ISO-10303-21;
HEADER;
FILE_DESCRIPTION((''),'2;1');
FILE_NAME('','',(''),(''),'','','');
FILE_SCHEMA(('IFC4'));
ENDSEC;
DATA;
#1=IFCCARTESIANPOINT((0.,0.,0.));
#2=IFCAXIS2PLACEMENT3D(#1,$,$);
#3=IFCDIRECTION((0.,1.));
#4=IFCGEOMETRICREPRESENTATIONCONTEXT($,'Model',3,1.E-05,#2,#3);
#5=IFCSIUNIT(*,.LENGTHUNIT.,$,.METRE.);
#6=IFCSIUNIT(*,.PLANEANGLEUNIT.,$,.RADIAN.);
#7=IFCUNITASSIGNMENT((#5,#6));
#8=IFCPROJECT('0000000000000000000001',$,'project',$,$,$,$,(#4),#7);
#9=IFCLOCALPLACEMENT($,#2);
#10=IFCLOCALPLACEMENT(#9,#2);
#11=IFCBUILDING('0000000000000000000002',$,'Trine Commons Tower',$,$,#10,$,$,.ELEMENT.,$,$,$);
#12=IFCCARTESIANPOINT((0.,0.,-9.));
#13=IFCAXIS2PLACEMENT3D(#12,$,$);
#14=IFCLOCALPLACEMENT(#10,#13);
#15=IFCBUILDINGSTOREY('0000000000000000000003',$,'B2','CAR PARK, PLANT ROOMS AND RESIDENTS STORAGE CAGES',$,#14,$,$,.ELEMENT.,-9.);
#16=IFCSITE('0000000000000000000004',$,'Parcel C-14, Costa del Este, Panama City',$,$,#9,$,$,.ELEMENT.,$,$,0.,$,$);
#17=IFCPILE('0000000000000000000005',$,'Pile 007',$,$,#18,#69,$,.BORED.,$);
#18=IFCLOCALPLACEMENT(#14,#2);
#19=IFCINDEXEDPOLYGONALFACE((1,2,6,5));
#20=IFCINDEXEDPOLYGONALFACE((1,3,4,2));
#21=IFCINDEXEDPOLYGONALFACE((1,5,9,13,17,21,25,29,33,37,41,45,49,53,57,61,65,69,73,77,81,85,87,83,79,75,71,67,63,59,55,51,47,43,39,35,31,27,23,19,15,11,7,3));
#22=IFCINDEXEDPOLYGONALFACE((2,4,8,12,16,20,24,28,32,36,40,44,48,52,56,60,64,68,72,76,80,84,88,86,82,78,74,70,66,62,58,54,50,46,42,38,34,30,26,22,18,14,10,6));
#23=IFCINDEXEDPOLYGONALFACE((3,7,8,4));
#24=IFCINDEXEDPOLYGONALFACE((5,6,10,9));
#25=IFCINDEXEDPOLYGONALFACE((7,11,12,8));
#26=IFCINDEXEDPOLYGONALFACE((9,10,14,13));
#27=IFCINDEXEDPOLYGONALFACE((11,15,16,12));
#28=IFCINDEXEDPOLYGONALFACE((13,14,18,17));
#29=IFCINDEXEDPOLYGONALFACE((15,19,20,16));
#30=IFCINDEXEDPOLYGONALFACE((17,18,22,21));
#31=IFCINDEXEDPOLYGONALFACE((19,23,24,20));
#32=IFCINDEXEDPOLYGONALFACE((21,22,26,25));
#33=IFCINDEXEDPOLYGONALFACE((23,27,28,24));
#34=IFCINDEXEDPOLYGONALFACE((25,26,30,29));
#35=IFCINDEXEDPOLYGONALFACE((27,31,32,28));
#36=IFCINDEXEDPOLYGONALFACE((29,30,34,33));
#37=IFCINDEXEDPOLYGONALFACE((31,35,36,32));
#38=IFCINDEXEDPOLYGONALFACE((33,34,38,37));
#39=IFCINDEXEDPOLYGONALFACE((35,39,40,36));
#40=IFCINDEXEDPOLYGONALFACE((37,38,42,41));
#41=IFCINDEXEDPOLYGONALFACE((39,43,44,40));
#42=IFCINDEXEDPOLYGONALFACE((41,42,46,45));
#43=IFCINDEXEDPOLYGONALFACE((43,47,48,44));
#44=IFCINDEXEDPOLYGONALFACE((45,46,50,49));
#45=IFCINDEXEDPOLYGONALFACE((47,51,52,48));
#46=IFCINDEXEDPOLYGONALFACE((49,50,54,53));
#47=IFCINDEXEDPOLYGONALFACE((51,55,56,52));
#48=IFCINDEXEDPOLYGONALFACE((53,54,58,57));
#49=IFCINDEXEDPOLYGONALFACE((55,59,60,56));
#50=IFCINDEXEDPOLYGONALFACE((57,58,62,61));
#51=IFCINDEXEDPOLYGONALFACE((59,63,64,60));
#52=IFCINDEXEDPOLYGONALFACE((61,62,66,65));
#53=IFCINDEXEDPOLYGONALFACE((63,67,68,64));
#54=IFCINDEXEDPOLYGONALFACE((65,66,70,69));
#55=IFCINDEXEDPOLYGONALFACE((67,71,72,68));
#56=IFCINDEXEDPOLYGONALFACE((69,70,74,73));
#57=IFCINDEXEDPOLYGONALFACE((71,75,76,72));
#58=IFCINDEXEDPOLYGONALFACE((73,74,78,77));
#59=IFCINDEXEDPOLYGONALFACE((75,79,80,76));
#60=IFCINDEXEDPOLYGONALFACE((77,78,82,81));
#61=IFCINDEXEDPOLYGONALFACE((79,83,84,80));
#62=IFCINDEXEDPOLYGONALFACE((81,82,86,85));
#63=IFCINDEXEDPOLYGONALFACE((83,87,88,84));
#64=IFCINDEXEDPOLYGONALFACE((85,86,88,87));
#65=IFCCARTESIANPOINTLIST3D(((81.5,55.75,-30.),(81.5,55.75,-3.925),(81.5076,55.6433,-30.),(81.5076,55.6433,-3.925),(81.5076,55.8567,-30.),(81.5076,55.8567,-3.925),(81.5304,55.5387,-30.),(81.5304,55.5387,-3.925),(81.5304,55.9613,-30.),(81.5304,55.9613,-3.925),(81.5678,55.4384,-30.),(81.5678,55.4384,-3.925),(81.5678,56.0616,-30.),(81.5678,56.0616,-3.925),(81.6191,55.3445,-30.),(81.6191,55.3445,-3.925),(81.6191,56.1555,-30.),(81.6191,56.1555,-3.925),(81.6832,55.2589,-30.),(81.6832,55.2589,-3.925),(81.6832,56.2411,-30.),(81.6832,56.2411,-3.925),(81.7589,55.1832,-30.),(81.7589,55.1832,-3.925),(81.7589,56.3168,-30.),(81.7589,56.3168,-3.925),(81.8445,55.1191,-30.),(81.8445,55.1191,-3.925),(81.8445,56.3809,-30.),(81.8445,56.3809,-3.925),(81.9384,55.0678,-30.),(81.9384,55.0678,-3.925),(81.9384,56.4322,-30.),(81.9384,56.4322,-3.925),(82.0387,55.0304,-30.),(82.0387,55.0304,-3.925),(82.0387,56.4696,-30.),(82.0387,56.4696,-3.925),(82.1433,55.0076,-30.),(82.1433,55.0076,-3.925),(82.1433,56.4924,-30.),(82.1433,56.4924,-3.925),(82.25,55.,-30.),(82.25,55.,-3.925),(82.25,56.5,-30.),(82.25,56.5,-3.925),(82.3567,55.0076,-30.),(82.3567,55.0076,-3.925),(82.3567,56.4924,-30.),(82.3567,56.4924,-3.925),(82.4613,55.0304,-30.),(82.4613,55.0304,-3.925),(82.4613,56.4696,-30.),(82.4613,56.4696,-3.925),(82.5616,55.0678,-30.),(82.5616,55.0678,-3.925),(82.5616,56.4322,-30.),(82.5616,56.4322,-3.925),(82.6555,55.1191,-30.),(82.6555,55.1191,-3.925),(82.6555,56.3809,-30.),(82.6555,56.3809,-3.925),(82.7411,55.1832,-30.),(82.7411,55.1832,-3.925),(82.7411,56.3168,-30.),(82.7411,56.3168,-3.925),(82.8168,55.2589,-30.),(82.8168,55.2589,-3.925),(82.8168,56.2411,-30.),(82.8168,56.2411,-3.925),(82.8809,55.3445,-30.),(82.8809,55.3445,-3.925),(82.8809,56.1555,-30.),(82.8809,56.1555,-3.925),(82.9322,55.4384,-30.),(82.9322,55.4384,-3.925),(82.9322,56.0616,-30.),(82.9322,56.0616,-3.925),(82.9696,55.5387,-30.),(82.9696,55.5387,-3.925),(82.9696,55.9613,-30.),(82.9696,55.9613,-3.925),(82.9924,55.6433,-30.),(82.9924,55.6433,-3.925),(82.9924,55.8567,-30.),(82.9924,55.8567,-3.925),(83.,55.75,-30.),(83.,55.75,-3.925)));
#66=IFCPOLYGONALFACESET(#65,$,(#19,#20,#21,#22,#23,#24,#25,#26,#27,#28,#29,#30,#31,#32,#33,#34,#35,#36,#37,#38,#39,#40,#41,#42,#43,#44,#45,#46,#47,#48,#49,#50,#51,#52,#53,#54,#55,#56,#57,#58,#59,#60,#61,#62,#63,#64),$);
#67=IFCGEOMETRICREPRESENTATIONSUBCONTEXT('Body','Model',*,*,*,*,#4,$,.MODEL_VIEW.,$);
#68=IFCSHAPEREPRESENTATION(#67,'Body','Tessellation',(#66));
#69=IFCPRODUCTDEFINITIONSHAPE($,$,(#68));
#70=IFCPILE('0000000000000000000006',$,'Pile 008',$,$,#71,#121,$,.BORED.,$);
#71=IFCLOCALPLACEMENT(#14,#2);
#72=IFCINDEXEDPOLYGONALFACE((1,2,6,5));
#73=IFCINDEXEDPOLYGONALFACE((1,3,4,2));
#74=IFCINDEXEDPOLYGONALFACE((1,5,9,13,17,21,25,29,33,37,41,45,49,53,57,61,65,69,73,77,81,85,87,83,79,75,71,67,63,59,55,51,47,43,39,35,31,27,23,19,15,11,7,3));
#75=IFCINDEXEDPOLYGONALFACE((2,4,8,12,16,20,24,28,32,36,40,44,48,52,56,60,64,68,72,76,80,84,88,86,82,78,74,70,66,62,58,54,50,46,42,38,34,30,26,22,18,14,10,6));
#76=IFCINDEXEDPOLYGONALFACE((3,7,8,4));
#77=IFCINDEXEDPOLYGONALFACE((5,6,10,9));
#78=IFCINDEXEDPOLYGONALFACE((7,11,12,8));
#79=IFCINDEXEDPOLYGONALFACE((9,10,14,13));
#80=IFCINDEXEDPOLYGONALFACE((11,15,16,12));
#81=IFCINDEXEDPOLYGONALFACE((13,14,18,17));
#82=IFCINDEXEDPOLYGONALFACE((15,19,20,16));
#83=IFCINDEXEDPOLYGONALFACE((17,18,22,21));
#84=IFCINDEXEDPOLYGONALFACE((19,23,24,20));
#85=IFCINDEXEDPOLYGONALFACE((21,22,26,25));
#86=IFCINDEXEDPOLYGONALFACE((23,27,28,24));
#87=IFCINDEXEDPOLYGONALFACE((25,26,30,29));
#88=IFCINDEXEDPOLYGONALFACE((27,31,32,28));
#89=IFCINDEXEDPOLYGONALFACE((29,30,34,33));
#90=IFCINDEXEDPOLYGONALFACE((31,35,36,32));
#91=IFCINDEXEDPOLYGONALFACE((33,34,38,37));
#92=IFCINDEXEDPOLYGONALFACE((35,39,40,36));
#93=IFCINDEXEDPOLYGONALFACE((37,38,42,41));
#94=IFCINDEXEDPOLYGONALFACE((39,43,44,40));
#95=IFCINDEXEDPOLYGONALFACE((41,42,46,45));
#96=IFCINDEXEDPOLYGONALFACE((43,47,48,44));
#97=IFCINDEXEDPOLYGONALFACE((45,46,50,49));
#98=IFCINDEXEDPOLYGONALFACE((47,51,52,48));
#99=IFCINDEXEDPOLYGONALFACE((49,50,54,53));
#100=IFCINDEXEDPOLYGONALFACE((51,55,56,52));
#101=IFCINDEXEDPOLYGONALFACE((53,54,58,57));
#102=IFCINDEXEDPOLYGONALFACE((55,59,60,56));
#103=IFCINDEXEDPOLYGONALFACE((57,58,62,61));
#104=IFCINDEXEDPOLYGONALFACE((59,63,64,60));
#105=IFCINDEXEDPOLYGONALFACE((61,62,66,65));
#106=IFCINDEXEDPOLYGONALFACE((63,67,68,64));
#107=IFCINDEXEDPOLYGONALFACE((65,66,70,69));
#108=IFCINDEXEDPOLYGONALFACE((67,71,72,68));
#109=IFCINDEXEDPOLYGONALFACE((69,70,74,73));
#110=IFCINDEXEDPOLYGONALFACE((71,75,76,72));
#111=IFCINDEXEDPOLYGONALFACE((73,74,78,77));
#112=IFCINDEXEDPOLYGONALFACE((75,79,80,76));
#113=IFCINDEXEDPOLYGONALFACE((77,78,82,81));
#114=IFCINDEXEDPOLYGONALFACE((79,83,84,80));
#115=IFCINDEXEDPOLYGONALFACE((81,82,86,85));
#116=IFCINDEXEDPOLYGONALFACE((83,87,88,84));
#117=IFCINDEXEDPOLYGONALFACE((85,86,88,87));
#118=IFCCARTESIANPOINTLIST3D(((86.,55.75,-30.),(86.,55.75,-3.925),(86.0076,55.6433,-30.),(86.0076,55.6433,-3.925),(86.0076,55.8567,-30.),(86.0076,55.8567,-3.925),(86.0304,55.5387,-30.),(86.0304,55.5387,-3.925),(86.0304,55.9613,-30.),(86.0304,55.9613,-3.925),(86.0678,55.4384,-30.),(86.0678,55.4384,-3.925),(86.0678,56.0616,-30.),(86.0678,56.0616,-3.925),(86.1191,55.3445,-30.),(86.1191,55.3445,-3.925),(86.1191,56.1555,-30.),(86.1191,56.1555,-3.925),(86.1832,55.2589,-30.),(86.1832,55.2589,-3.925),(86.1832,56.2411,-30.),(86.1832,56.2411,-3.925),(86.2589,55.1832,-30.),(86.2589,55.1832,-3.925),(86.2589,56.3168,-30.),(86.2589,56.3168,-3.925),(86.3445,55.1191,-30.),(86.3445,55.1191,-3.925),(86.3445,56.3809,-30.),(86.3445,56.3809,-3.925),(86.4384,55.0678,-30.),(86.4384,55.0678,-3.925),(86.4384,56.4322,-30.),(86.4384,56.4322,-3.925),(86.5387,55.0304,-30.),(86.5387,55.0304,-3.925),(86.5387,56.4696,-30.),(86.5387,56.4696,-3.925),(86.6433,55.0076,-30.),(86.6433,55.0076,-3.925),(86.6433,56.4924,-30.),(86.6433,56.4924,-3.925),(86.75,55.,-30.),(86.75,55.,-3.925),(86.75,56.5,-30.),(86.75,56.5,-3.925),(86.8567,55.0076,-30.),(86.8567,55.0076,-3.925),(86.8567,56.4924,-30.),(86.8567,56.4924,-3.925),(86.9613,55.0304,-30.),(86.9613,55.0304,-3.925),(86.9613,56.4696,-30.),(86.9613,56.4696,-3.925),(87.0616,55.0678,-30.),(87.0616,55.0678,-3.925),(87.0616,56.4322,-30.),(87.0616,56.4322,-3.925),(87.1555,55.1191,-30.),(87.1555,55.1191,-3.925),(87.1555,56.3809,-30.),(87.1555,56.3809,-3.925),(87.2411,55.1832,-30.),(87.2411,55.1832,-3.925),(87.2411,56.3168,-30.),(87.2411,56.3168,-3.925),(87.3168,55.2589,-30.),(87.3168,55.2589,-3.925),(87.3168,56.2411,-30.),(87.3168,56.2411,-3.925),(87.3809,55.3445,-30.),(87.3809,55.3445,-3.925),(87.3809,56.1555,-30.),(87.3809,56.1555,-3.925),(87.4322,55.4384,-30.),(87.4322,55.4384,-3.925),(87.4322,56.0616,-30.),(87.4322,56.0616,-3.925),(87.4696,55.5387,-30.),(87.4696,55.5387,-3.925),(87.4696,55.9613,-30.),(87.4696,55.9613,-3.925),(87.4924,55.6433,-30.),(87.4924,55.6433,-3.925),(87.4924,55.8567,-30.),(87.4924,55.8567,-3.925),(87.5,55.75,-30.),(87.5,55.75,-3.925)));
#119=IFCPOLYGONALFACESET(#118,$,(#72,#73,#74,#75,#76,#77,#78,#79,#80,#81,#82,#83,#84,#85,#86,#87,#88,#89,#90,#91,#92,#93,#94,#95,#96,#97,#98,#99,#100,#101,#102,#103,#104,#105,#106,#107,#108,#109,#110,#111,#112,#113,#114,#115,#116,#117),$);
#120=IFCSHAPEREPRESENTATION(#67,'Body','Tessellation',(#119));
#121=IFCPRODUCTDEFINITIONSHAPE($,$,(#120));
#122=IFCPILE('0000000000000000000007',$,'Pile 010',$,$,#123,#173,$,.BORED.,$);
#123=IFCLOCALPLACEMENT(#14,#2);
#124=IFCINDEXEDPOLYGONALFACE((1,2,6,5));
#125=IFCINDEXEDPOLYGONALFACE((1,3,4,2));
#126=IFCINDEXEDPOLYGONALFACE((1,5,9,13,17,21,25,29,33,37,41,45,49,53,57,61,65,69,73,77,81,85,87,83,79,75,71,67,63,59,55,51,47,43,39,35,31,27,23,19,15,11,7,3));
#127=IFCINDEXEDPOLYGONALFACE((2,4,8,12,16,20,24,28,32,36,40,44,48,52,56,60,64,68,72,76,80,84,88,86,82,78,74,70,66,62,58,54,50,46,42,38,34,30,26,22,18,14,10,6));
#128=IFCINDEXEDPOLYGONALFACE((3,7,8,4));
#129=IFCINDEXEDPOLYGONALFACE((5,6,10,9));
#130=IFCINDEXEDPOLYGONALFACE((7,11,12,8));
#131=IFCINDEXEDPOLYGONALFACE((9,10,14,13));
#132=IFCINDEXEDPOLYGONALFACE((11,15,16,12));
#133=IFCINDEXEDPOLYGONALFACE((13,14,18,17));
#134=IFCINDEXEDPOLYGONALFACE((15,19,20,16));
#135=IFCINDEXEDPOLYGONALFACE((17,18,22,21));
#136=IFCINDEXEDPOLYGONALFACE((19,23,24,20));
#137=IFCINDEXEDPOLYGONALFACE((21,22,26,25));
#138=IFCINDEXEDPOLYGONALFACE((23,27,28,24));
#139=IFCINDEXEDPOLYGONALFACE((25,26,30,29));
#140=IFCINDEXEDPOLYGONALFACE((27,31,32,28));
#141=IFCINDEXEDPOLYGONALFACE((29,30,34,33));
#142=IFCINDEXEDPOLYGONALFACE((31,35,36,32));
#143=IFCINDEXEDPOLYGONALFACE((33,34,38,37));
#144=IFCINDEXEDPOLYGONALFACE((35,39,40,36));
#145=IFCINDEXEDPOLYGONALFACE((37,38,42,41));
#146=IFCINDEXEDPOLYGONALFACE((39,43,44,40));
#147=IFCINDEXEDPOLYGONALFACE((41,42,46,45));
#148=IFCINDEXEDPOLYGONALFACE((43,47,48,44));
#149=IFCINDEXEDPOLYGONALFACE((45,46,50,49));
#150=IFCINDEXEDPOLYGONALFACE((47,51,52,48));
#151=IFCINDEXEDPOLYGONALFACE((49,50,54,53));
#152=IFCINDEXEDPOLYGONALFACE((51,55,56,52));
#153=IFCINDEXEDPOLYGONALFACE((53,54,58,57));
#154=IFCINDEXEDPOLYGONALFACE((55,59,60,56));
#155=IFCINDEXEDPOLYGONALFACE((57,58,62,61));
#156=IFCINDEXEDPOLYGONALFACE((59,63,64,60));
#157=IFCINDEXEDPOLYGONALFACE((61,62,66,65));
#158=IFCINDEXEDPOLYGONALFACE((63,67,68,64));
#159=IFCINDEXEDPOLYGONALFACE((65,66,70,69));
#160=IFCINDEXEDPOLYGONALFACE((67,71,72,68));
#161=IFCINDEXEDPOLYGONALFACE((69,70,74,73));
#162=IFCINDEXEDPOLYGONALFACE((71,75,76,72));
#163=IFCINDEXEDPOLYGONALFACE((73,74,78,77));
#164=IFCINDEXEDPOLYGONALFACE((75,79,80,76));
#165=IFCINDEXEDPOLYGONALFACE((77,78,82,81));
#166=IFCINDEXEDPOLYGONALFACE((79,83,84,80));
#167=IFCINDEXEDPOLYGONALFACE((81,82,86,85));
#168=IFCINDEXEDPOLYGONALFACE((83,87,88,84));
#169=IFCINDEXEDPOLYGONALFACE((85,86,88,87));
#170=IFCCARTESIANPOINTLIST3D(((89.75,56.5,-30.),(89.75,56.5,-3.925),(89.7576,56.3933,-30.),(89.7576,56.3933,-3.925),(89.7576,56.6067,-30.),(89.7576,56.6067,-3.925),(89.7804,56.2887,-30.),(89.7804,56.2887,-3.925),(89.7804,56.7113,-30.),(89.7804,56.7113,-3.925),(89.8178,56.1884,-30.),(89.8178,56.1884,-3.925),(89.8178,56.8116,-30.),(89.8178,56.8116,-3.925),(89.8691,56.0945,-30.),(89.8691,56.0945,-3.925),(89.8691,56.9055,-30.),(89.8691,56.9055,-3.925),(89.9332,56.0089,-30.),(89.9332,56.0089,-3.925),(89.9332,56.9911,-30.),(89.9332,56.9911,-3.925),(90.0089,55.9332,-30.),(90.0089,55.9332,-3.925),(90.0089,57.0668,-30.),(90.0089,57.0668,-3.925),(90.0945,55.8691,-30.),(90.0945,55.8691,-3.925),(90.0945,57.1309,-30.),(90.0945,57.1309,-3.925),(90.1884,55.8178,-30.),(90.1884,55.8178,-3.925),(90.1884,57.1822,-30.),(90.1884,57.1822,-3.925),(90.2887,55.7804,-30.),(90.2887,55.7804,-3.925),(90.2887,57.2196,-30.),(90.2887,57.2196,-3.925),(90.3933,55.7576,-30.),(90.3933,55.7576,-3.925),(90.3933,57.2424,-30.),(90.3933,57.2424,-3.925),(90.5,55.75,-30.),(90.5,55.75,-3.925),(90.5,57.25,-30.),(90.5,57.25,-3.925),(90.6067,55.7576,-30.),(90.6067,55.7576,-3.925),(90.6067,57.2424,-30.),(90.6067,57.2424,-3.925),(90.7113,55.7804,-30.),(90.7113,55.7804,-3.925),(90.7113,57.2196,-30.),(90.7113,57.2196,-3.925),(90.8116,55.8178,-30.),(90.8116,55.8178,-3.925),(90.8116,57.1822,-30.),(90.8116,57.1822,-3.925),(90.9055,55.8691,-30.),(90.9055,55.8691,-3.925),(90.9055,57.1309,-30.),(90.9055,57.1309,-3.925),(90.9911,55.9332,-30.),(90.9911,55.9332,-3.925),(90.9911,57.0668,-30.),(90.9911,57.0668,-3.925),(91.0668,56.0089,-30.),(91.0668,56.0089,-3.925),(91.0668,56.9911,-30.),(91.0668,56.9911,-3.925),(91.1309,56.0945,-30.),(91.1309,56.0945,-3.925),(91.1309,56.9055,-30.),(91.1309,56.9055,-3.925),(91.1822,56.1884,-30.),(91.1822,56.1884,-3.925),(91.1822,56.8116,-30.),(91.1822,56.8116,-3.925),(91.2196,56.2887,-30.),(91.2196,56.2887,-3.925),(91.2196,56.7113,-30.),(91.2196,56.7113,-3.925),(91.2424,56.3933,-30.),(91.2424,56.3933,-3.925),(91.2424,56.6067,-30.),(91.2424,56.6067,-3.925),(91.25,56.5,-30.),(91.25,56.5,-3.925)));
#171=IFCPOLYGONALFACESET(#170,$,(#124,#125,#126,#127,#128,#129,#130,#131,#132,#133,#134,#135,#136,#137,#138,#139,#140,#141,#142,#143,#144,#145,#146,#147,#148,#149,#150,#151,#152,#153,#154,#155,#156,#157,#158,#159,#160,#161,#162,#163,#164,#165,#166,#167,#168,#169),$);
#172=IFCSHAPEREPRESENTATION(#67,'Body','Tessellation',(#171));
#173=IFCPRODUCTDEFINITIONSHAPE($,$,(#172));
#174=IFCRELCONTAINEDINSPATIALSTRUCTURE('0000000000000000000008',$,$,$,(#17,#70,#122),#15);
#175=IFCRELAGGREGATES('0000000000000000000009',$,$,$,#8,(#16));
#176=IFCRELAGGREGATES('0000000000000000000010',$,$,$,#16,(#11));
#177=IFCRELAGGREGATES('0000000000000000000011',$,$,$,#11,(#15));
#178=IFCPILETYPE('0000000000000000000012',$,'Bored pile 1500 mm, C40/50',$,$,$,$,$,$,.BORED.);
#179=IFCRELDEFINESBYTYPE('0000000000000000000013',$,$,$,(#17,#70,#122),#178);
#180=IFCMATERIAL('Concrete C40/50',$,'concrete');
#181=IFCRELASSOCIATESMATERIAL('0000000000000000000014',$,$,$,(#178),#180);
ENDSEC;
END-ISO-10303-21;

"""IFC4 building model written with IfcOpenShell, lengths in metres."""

from ifc_helpers import new_model, si_unit, direction, frame, origin, origin_2d, place, context, subcontext, project, spatial, circle, extrude, material, type_object, element, save


model = new_model("IFC4")

# Units and contexts
model_context = context("Model", 3, precision=1e-05, world=origin(), true_north=direction((0.0, 1.0)))
body_context = subcontext(model_context, "Body", "Model", "MODEL_VIEW")
ifc_project = project(units=[si_unit("LENGTHUNIT", "METRE"), si_unit("PLANEANGLEUNIT", "RADIAN")], contexts=[model_context])

# Site, building, storey
site_placement = place(None, origin())
site = spatial("IfcSite", under=ifc_project, at=site_placement, Name="Parcel C-14, Costa del Este, Panama City", CompositionType="ELEMENT", RefElevation=0.0)
building_placement = place(site_placement, origin())
building = spatial("IfcBuilding", under=site, at=building_placement, Name="Trine Commons Tower", CompositionType="ELEMENT")
storey_placement = place(building_placement, frame((0.0, 0.0, -9.0)))
storey = spatial("IfcBuildingStorey", under=building, at=storey_placement, Name="B2", Description="CAR PARK, PLANT ROOMS AND RESIDENTS STORAGE CAGES", CompositionType="ELEMENT", Elevation=-9.0)

# Piles
ifc_material_1 = material(Name="Concrete C40/50", Category="concrete")
pile_type = type_object("IfcPileType", Name="Bored pile 1500 mm, C40/50", PredefinedType="BORED", material=ifc_material_1)
for number, where, z_axis, x_axis, name in (
    (1, (82.25, 55.75, -3.925), (0.0, 0.0, -1.0), (1.0, 0.0, 0.0), "Pile 007"),
    (2, (86.75, 55.75, -3.925), (0.0, 0.0, -1.0), (1.0, 0.0, 0.0), "Pile 008"),
    (3, (90.5, 56.5, -3.925), (0.0, 0.0, -1.0), (1.0, 0.0, 0.0), "Pile 010"),
):
    element("IfcPile", number, at=place(storey_placement, frame(where, z_axis=z_axis, x_axis=x_axis)), inside=storey, type_object=pile_type, Name=name, PredefinedType="BORED", context=body_context, shape_type="SweptSolid", body=[
        extrude(circle(Radius=0.75, at=origin_2d()), origin(), (0.0, 0.0, 1.0), 26.075),
    ])

save(model, "model.ifc")
